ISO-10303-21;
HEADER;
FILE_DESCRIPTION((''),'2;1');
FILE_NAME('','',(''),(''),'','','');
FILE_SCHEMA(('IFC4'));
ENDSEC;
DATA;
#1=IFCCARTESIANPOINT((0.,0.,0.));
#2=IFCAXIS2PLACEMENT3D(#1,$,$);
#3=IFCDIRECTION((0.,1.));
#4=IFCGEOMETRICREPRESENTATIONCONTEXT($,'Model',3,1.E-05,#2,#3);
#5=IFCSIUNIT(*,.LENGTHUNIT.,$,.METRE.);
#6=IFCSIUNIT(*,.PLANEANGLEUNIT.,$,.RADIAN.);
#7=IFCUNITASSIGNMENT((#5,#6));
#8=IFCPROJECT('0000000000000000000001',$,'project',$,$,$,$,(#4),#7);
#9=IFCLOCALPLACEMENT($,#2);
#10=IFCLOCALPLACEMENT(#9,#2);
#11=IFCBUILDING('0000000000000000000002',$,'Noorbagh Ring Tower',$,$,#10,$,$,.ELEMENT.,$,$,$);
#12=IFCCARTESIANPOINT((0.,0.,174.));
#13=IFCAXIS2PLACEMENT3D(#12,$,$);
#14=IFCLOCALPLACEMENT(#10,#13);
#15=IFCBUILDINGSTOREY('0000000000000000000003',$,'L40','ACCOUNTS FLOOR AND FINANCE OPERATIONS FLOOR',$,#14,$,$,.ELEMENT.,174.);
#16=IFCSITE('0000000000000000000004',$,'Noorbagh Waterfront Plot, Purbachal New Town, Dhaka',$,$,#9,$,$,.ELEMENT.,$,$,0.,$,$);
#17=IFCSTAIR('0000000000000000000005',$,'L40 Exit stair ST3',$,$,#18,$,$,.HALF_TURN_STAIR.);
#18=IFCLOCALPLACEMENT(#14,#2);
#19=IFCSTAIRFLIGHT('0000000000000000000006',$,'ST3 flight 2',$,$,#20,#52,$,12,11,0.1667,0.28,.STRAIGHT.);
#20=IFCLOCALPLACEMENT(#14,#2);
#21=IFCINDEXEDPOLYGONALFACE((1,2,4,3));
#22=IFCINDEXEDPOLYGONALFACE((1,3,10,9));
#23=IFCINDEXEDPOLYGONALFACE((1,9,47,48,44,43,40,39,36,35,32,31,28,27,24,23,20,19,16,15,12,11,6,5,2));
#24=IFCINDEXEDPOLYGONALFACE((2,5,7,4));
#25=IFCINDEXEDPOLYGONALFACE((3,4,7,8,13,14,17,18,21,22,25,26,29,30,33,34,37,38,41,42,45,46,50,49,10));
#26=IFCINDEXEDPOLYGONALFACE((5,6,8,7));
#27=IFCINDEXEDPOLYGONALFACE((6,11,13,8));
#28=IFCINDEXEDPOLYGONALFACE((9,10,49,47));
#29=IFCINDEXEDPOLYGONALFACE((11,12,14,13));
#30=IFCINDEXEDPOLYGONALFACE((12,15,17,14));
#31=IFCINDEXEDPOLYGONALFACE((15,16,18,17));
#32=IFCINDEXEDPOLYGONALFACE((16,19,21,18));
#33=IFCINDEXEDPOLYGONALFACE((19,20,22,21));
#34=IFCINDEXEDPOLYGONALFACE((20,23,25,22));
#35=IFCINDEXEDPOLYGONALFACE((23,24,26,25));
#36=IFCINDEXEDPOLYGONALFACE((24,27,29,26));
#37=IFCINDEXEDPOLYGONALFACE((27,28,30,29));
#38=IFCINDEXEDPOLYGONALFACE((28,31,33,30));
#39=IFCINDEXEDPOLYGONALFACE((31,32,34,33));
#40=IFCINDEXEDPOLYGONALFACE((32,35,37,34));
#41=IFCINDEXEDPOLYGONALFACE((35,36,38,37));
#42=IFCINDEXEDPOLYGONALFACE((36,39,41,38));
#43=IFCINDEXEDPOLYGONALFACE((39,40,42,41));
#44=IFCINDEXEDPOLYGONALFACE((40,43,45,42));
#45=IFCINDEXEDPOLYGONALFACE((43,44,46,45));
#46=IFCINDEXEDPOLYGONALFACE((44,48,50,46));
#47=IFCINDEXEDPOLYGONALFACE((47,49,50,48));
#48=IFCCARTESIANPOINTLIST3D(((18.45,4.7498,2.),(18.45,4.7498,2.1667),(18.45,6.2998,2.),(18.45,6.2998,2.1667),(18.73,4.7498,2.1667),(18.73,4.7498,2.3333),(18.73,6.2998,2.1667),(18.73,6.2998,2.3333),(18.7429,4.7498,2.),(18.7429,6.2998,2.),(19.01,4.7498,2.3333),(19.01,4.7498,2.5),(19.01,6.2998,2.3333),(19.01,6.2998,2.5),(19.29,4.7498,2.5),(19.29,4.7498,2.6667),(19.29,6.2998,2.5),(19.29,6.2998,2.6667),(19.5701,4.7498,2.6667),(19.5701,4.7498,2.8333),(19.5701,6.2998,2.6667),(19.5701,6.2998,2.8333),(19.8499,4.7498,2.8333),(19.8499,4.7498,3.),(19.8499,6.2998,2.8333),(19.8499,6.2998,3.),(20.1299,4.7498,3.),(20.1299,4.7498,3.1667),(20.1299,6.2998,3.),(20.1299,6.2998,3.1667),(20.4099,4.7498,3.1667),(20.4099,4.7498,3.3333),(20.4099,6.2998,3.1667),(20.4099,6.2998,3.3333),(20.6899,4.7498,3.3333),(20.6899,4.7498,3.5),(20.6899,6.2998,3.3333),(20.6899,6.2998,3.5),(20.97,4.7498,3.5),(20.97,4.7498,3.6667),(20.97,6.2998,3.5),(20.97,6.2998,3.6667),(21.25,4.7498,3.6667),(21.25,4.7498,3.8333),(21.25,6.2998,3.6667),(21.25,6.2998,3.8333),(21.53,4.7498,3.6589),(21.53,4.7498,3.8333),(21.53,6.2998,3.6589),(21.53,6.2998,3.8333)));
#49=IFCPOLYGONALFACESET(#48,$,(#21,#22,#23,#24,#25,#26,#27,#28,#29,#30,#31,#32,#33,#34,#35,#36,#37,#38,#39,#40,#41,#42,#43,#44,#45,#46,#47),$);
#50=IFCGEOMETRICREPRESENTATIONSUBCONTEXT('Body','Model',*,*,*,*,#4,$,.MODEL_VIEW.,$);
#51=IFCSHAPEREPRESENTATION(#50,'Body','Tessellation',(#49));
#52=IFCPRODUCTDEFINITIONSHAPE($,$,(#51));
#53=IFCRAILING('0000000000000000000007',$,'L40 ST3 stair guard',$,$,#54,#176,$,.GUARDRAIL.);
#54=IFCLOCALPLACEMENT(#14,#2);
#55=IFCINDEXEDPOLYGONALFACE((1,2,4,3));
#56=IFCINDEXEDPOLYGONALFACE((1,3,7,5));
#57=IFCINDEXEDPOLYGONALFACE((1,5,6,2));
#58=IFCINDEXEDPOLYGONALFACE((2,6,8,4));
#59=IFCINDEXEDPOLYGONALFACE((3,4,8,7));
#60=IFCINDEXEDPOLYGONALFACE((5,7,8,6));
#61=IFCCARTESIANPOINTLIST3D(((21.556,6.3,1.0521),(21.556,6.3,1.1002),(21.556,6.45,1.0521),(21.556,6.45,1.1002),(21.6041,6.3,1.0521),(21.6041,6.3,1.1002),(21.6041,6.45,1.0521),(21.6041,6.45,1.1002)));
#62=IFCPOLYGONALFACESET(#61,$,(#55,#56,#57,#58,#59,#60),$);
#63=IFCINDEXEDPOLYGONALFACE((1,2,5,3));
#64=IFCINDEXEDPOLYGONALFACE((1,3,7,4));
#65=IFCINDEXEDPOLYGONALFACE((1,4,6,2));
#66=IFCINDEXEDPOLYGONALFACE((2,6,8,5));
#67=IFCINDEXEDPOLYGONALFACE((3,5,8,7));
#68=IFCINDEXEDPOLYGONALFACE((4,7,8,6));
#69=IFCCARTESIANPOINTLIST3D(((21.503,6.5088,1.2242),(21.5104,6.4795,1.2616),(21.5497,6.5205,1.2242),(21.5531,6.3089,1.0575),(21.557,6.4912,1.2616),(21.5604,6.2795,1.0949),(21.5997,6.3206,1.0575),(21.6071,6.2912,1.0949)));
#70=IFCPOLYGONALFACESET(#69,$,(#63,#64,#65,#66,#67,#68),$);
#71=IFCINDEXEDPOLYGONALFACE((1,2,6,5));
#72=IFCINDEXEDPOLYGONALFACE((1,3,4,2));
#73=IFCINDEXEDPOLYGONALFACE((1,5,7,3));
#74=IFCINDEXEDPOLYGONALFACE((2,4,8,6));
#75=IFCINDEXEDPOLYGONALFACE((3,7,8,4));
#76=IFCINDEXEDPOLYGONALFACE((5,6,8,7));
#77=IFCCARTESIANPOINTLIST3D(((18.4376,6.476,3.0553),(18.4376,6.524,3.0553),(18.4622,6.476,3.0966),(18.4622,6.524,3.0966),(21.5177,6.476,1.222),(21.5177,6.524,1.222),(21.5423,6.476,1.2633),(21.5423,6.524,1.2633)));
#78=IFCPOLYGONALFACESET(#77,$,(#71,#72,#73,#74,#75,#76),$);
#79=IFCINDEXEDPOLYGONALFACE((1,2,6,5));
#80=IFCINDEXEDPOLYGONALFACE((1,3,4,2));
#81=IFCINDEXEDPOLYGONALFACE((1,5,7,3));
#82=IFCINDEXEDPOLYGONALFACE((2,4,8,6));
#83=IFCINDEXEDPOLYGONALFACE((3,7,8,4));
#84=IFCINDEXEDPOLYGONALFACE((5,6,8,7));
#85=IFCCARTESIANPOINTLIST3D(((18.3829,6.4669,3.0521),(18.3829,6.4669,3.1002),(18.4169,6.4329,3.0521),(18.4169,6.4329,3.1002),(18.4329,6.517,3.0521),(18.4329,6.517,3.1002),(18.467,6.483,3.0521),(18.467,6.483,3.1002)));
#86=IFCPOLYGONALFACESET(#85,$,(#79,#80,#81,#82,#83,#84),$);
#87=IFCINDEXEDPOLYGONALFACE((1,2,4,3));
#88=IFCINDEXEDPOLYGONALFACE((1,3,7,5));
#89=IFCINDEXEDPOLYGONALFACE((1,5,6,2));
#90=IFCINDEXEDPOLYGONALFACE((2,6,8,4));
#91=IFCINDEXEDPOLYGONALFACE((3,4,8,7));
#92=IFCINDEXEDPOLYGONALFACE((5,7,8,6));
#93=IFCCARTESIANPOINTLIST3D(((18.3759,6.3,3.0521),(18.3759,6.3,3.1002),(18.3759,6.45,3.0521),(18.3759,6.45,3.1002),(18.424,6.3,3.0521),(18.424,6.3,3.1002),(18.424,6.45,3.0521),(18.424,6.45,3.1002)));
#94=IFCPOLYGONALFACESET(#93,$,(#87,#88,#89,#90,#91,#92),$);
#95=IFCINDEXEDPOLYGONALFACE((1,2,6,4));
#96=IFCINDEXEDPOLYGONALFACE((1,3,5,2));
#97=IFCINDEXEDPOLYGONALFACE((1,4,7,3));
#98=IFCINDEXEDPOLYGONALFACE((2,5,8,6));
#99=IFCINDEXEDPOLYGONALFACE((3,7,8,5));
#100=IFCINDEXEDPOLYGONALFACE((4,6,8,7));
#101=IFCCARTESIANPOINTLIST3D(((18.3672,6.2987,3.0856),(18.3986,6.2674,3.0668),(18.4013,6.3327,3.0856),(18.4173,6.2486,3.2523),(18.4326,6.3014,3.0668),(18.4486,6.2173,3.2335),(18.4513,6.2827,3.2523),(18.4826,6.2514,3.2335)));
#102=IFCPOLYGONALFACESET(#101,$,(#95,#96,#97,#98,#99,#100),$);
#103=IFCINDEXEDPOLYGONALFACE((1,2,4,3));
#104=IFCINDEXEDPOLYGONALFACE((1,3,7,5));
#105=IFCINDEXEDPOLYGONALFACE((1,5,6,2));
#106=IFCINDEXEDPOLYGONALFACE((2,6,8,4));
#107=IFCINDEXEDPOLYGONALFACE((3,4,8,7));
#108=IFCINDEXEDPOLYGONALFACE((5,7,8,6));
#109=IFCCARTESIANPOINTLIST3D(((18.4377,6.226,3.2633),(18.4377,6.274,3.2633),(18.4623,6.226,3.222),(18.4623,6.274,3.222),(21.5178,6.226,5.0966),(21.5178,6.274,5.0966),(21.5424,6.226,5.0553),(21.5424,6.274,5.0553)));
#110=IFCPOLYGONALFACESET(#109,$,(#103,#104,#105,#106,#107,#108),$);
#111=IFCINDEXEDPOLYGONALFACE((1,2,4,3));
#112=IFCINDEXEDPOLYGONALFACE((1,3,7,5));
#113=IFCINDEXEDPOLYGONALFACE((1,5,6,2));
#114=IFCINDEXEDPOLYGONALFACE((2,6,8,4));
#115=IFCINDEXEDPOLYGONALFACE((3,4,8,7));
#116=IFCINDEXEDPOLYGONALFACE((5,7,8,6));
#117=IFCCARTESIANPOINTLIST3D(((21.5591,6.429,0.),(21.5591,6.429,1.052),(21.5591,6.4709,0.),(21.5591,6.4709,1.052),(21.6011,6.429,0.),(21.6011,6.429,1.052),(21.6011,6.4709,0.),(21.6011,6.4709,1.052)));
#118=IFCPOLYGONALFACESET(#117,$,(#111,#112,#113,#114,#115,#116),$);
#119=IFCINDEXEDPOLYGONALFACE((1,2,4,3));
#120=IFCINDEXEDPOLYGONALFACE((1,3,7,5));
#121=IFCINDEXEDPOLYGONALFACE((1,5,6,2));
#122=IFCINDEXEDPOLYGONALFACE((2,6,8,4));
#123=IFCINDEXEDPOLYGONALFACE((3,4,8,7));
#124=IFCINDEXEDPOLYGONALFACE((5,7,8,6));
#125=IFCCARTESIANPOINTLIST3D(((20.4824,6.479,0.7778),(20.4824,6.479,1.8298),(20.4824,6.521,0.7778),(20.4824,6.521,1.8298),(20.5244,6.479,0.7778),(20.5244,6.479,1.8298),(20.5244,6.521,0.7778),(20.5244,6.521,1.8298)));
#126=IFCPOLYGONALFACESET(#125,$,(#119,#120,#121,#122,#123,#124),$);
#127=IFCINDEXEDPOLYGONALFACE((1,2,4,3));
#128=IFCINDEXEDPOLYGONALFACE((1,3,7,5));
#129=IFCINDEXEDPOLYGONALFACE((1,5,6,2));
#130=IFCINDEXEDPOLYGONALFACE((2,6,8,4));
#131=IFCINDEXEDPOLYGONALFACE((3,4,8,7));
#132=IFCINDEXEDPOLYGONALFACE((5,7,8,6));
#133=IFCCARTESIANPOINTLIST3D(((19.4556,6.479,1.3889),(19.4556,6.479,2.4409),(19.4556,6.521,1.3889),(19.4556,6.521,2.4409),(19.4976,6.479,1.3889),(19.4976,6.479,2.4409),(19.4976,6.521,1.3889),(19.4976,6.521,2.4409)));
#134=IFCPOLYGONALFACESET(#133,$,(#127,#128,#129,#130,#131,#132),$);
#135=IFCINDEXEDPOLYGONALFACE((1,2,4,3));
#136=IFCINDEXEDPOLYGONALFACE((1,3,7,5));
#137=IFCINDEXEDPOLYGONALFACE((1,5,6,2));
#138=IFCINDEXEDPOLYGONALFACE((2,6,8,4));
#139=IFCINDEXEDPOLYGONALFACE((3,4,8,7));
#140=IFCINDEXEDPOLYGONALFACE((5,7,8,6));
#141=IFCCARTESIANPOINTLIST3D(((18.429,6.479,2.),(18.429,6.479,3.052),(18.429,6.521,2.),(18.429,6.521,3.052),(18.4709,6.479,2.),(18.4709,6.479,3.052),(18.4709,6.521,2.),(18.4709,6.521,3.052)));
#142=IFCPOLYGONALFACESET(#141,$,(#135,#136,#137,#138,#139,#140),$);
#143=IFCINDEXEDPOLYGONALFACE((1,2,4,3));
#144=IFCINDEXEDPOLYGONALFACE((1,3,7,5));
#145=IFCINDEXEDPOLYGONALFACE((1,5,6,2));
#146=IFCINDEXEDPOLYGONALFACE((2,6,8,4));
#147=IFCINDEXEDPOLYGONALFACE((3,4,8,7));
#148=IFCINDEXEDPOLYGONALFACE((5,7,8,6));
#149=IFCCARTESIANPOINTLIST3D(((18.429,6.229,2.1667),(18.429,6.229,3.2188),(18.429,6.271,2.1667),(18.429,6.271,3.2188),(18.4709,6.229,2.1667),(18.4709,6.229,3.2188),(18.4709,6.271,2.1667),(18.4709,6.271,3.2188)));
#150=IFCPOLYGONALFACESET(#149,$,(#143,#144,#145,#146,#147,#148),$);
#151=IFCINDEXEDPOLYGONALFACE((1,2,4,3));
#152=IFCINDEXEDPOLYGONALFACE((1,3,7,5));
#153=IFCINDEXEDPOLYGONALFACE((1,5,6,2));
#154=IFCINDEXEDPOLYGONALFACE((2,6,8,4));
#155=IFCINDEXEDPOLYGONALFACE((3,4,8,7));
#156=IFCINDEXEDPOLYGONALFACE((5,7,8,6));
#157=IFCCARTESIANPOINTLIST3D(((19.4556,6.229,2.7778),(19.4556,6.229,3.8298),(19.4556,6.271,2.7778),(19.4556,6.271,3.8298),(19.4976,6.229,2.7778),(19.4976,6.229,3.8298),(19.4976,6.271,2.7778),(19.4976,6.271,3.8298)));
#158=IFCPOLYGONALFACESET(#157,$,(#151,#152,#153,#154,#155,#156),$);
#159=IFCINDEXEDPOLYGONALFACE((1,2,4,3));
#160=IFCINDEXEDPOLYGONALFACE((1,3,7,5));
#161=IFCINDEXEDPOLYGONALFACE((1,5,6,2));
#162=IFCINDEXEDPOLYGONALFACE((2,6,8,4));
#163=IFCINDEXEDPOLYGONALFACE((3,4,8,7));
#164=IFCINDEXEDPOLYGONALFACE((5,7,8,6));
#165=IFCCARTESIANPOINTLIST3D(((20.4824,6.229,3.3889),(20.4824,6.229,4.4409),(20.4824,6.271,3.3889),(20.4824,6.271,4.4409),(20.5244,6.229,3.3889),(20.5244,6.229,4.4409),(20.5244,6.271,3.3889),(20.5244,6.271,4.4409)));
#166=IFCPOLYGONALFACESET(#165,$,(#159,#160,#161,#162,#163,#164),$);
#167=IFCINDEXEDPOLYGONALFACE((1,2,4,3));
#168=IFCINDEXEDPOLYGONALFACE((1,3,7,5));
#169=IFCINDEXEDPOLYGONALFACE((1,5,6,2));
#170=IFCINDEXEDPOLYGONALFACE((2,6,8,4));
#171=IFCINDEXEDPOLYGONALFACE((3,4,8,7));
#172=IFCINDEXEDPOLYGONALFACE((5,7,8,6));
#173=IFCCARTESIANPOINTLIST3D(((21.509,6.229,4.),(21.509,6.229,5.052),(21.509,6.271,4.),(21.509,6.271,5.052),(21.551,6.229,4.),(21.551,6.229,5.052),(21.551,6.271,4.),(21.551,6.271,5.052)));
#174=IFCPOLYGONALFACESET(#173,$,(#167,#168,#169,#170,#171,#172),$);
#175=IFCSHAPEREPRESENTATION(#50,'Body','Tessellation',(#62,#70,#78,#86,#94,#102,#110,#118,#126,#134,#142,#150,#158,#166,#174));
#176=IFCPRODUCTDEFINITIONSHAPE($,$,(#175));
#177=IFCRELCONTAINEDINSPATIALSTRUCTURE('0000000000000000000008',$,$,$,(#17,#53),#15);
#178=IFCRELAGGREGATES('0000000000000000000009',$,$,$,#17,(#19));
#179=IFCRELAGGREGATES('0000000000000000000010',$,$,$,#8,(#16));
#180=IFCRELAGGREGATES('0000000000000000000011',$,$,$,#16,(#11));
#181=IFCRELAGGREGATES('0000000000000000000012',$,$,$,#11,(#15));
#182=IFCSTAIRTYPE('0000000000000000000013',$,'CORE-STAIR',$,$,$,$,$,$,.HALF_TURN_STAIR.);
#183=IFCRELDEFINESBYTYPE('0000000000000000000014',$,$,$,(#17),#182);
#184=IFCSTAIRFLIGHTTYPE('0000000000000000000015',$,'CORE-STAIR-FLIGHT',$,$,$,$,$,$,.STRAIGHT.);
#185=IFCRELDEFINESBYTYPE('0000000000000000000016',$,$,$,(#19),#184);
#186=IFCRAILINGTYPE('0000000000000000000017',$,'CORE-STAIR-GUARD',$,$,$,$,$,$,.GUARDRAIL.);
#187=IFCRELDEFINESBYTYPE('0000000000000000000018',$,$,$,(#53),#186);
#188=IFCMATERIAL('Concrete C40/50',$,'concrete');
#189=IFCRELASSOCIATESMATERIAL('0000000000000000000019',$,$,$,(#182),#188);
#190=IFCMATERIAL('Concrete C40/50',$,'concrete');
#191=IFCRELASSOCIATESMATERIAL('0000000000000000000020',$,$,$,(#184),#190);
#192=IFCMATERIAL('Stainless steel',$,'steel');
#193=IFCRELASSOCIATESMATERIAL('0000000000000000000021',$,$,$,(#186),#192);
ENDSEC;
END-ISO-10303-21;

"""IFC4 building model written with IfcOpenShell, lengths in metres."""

from ifc_helpers import new_model, si_unit, direction, frame, origin, origin_2d, place, context, subcontext, project, spatial, polyline, rectangle, outline, extrude, material, type_object, element, aggregate, save


model = new_model("IFC4")

# Units and contexts
model_context = context("Model", 3, precision=1e-05, world=origin(), true_north=direction((0.0, 1.0)))
body_context = subcontext(model_context, "Body", "Model", "MODEL_VIEW")
ifc_project = project(units=[si_unit("LENGTHUNIT", "METRE"), si_unit("PLANEANGLEUNIT", "RADIAN")], contexts=[model_context])

# Site, building, storey
site_placement = place(None, origin())
site = spatial("IfcSite", under=ifc_project, at=site_placement, Name="Noorbagh Waterfront Plot, Purbachal New Town, Dhaka", CompositionType="ELEMENT", RefElevation=0.0)
building_placement = place(site_placement, origin())
building = spatial("IfcBuilding", under=site, at=building_placement, Name="Noorbagh Ring Tower", CompositionType="ELEMENT")
storey_placement = place(building_placement, frame((0.0, 0.0, 174.0)))
storey = spatial("IfcBuildingStorey", under=building, at=storey_placement, Name="L40", Description="ACCOUNTS FLOOR AND FINANCE OPERATIONS FLOOR", CompositionType="ELEMENT", Elevation=174.0)

# Stair, stair flight
ifc_material_1 = material(Name="Concrete C40/50", Category="concrete")
stair_type = type_object("IfcStairType", Name="CORE-STAIR", PredefinedType="HALF_TURN_STAIR", material=ifc_material_1)
stair_placement = place(storey_placement, origin())
stair = element("IfcStair", 1, at=stair_placement, inside=storey, type_object=stair_type, Name="L40 Exit stair ST3", PredefinedType="HALF_TURN_STAIR")
ifc_material_2 = material(Name="Concrete C40/50", Category="concrete")
stair_flight_type = type_object("IfcStairFlightType", Name="CORE-STAIR-FLIGHT", PredefinedType="STRAIGHT", material=ifc_material_2)
stair_flight_1_placement = place(storey_placement, frame((18.45, 5.5249, 2.0), z_axis=(0.0, 0.0, 1.0), x_axis=(1.0, 0.0, 0.0)))
stair_flight_1 = element("IfcStairFlight", 2, at=stair_flight_1_placement, type_object=stair_flight_type, Name="ST3 flight 2", NumberOfRisers=12, NumberOfTreads=11, PredefinedType="STRAIGHT", RiserHeight=0.1667, TreadLength=0.28, context=body_context, shape_type="SweptSolid", body=[
    extrude(outline(polyline([(0.0, 0.0), (0.0, 0.1667), (0.28, 0.1667), (0.28, 0.3333), (0.5601, 0.3333), (0.5601, 0.5), (0.8401, 0.5), (0.8401, 0.6667), (1.1201, 0.6667), (1.1201, 0.8333), (1.3999, 0.8333), (1.3999, 1.0), (1.6799, 1.0), (1.6799, 1.1667), (1.96, 1.1667), (1.96, 1.3333), (2.24, 1.3333), (2.24, 1.5), (2.52, 1.5), (2.52, 1.6667), (2.8, 1.6667), (2.8, 1.8333), (3.0801, 1.8333), (3.0801, 2.0), (3.0801, 1.6589), (0.293, 0.0), (0.0, 0.0)])), frame((0.0, 0.7749, 0.0), z_axis=(0.0, -1.0, 0.0), x_axis=(1.0, 0.0, 0.0)), (0.0, 0.0, 1.0), 1.55),
])
aggregate(stair, [stair_flight_1])

# Railing
ifc_material_3 = material(Name="Stainless steel", Category="steel")
railing_type_1 = type_object("IfcRailingType", Name="CORE-STAIR-GUARD", PredefinedType="GUARDRAIL", material=ifc_material_3)
railing_1_placement = place(storey_placement, frame((21.5801, 6.45, 0.0)))
element("IfcRailing", 3, at=railing_1_placement, inside=storey, type_object=railing_type_1, Name="L40 ST3 stair guard", PredefinedType="GUARDRAIL", context=body_context, shape_type="SweptSolid", body=[
    extrude(rectangle(XDim=0.0481, YDim=0.0481, at=origin_2d()), frame((0.0, 0.0, 1.0762), z_axis=(0.0, -1.0, 0.0), x_axis=(1.0, 0.0, 0.0)), (0.0, 0.0, 1.0), 0.1499),
    extrude(rectangle(XDim=0.0481, YDim=0.0481, at=origin_2d()), frame((0.0, -0.1499, 1.0762), z_axis=(-0.188776, 0.754182, 0.628946), x_axis=(-0.970073, -0.242814, 0.0)), (0.0, 0.0, 1.0), 0.2651),
    extrude(rectangle(XDim=0.0481, YDim=0.0481, at=origin_2d()), frame((-0.05, 0.05, 1.2427), z_axis=(-0.859309, 0.0, 0.511458), x_axis=(0.0, -1.0, 0.0)), (0.0, 0.0, 1.0), 3.5845),
    extrude(rectangle(XDim=0.0481, YDim=0.0481, at=origin_2d()), frame((-3.1301, 0.05, 3.0762), z_axis=(-0.707107, -0.707107, 0.0), x_axis=(0.707107, -0.707107, 0.0)), (0.0, 0.0, 1.0), 0.0708),
    extrude(rectangle(XDim=0.0481, YDim=0.0481, at=origin_2d()), frame((-3.1802, 0.0, 3.0762), z_axis=(0.0, -1.0, 0.0), x_axis=(1.0, 0.0, 0.0)), (0.0, 0.0, 1.0), 0.1499),
    extrude(rectangle(XDim=0.0481, YDim=0.0481, at=origin_2d()), frame((-3.1802, -0.1499, 3.0762), z_axis=(0.276287, -0.276287, 0.920506), x_axis=(0.707107, 0.707107, 0.0)), (0.0, 0.0, 1.0), 0.1812),
    extrude(rectangle(XDim=0.0481, YDim=0.0481, at=origin_2d()), frame((-3.1301, -0.2, 3.2427), z_axis=(0.859309, 0.0, 0.511458), x_axis=(0.0, 1.0, 0.0)), (0.0, 0.0, 1.0), 3.5845),
    extrude(rectangle(XDim=0.042, YDim=0.042, at=origin_2d()), origin(), (0.0, 0.0, 1.0), 1.052),
    extrude(rectangle(XDim=0.042, YDim=0.042, at=origin_2d()), frame((-1.0767, 0.05, 0.7778)), (0.0, 0.0, 1.0), 1.052),
    extrude(rectangle(XDim=0.042, YDim=0.042, at=origin_2d()), frame((-2.1035, 0.05, 1.3889)), (0.0, 0.0, 1.0), 1.052),
    extrude(rectangle(XDim=0.042, YDim=0.042, at=origin_2d()), frame((-3.1301, 0.05, 2.0)), (0.0, 0.0, 1.0), 1.052),
    extrude(rectangle(XDim=0.042, YDim=0.042, at=origin_2d()), frame((-3.1301, -0.2, 2.1667)), (0.0, 0.0, 1.0), 1.052),
    extrude(rectangle(XDim=0.042, YDim=0.042, at=origin_2d()), frame((-2.1035, -0.2, 2.7778)), (0.0, 0.0, 1.0), 1.052),
    extrude(rectangle(XDim=0.042, YDim=0.042, at=origin_2d()), frame((-1.0767, -0.2, 3.3889)), (0.0, 0.0, 1.0), 1.052),
    extrude(rectangle(XDim=0.042, YDim=0.042, at=origin_2d()), frame((-0.05, -0.2, 4.0)), (0.0, 0.0, 1.0), 1.052),
])

save(model, "model.ifc")
